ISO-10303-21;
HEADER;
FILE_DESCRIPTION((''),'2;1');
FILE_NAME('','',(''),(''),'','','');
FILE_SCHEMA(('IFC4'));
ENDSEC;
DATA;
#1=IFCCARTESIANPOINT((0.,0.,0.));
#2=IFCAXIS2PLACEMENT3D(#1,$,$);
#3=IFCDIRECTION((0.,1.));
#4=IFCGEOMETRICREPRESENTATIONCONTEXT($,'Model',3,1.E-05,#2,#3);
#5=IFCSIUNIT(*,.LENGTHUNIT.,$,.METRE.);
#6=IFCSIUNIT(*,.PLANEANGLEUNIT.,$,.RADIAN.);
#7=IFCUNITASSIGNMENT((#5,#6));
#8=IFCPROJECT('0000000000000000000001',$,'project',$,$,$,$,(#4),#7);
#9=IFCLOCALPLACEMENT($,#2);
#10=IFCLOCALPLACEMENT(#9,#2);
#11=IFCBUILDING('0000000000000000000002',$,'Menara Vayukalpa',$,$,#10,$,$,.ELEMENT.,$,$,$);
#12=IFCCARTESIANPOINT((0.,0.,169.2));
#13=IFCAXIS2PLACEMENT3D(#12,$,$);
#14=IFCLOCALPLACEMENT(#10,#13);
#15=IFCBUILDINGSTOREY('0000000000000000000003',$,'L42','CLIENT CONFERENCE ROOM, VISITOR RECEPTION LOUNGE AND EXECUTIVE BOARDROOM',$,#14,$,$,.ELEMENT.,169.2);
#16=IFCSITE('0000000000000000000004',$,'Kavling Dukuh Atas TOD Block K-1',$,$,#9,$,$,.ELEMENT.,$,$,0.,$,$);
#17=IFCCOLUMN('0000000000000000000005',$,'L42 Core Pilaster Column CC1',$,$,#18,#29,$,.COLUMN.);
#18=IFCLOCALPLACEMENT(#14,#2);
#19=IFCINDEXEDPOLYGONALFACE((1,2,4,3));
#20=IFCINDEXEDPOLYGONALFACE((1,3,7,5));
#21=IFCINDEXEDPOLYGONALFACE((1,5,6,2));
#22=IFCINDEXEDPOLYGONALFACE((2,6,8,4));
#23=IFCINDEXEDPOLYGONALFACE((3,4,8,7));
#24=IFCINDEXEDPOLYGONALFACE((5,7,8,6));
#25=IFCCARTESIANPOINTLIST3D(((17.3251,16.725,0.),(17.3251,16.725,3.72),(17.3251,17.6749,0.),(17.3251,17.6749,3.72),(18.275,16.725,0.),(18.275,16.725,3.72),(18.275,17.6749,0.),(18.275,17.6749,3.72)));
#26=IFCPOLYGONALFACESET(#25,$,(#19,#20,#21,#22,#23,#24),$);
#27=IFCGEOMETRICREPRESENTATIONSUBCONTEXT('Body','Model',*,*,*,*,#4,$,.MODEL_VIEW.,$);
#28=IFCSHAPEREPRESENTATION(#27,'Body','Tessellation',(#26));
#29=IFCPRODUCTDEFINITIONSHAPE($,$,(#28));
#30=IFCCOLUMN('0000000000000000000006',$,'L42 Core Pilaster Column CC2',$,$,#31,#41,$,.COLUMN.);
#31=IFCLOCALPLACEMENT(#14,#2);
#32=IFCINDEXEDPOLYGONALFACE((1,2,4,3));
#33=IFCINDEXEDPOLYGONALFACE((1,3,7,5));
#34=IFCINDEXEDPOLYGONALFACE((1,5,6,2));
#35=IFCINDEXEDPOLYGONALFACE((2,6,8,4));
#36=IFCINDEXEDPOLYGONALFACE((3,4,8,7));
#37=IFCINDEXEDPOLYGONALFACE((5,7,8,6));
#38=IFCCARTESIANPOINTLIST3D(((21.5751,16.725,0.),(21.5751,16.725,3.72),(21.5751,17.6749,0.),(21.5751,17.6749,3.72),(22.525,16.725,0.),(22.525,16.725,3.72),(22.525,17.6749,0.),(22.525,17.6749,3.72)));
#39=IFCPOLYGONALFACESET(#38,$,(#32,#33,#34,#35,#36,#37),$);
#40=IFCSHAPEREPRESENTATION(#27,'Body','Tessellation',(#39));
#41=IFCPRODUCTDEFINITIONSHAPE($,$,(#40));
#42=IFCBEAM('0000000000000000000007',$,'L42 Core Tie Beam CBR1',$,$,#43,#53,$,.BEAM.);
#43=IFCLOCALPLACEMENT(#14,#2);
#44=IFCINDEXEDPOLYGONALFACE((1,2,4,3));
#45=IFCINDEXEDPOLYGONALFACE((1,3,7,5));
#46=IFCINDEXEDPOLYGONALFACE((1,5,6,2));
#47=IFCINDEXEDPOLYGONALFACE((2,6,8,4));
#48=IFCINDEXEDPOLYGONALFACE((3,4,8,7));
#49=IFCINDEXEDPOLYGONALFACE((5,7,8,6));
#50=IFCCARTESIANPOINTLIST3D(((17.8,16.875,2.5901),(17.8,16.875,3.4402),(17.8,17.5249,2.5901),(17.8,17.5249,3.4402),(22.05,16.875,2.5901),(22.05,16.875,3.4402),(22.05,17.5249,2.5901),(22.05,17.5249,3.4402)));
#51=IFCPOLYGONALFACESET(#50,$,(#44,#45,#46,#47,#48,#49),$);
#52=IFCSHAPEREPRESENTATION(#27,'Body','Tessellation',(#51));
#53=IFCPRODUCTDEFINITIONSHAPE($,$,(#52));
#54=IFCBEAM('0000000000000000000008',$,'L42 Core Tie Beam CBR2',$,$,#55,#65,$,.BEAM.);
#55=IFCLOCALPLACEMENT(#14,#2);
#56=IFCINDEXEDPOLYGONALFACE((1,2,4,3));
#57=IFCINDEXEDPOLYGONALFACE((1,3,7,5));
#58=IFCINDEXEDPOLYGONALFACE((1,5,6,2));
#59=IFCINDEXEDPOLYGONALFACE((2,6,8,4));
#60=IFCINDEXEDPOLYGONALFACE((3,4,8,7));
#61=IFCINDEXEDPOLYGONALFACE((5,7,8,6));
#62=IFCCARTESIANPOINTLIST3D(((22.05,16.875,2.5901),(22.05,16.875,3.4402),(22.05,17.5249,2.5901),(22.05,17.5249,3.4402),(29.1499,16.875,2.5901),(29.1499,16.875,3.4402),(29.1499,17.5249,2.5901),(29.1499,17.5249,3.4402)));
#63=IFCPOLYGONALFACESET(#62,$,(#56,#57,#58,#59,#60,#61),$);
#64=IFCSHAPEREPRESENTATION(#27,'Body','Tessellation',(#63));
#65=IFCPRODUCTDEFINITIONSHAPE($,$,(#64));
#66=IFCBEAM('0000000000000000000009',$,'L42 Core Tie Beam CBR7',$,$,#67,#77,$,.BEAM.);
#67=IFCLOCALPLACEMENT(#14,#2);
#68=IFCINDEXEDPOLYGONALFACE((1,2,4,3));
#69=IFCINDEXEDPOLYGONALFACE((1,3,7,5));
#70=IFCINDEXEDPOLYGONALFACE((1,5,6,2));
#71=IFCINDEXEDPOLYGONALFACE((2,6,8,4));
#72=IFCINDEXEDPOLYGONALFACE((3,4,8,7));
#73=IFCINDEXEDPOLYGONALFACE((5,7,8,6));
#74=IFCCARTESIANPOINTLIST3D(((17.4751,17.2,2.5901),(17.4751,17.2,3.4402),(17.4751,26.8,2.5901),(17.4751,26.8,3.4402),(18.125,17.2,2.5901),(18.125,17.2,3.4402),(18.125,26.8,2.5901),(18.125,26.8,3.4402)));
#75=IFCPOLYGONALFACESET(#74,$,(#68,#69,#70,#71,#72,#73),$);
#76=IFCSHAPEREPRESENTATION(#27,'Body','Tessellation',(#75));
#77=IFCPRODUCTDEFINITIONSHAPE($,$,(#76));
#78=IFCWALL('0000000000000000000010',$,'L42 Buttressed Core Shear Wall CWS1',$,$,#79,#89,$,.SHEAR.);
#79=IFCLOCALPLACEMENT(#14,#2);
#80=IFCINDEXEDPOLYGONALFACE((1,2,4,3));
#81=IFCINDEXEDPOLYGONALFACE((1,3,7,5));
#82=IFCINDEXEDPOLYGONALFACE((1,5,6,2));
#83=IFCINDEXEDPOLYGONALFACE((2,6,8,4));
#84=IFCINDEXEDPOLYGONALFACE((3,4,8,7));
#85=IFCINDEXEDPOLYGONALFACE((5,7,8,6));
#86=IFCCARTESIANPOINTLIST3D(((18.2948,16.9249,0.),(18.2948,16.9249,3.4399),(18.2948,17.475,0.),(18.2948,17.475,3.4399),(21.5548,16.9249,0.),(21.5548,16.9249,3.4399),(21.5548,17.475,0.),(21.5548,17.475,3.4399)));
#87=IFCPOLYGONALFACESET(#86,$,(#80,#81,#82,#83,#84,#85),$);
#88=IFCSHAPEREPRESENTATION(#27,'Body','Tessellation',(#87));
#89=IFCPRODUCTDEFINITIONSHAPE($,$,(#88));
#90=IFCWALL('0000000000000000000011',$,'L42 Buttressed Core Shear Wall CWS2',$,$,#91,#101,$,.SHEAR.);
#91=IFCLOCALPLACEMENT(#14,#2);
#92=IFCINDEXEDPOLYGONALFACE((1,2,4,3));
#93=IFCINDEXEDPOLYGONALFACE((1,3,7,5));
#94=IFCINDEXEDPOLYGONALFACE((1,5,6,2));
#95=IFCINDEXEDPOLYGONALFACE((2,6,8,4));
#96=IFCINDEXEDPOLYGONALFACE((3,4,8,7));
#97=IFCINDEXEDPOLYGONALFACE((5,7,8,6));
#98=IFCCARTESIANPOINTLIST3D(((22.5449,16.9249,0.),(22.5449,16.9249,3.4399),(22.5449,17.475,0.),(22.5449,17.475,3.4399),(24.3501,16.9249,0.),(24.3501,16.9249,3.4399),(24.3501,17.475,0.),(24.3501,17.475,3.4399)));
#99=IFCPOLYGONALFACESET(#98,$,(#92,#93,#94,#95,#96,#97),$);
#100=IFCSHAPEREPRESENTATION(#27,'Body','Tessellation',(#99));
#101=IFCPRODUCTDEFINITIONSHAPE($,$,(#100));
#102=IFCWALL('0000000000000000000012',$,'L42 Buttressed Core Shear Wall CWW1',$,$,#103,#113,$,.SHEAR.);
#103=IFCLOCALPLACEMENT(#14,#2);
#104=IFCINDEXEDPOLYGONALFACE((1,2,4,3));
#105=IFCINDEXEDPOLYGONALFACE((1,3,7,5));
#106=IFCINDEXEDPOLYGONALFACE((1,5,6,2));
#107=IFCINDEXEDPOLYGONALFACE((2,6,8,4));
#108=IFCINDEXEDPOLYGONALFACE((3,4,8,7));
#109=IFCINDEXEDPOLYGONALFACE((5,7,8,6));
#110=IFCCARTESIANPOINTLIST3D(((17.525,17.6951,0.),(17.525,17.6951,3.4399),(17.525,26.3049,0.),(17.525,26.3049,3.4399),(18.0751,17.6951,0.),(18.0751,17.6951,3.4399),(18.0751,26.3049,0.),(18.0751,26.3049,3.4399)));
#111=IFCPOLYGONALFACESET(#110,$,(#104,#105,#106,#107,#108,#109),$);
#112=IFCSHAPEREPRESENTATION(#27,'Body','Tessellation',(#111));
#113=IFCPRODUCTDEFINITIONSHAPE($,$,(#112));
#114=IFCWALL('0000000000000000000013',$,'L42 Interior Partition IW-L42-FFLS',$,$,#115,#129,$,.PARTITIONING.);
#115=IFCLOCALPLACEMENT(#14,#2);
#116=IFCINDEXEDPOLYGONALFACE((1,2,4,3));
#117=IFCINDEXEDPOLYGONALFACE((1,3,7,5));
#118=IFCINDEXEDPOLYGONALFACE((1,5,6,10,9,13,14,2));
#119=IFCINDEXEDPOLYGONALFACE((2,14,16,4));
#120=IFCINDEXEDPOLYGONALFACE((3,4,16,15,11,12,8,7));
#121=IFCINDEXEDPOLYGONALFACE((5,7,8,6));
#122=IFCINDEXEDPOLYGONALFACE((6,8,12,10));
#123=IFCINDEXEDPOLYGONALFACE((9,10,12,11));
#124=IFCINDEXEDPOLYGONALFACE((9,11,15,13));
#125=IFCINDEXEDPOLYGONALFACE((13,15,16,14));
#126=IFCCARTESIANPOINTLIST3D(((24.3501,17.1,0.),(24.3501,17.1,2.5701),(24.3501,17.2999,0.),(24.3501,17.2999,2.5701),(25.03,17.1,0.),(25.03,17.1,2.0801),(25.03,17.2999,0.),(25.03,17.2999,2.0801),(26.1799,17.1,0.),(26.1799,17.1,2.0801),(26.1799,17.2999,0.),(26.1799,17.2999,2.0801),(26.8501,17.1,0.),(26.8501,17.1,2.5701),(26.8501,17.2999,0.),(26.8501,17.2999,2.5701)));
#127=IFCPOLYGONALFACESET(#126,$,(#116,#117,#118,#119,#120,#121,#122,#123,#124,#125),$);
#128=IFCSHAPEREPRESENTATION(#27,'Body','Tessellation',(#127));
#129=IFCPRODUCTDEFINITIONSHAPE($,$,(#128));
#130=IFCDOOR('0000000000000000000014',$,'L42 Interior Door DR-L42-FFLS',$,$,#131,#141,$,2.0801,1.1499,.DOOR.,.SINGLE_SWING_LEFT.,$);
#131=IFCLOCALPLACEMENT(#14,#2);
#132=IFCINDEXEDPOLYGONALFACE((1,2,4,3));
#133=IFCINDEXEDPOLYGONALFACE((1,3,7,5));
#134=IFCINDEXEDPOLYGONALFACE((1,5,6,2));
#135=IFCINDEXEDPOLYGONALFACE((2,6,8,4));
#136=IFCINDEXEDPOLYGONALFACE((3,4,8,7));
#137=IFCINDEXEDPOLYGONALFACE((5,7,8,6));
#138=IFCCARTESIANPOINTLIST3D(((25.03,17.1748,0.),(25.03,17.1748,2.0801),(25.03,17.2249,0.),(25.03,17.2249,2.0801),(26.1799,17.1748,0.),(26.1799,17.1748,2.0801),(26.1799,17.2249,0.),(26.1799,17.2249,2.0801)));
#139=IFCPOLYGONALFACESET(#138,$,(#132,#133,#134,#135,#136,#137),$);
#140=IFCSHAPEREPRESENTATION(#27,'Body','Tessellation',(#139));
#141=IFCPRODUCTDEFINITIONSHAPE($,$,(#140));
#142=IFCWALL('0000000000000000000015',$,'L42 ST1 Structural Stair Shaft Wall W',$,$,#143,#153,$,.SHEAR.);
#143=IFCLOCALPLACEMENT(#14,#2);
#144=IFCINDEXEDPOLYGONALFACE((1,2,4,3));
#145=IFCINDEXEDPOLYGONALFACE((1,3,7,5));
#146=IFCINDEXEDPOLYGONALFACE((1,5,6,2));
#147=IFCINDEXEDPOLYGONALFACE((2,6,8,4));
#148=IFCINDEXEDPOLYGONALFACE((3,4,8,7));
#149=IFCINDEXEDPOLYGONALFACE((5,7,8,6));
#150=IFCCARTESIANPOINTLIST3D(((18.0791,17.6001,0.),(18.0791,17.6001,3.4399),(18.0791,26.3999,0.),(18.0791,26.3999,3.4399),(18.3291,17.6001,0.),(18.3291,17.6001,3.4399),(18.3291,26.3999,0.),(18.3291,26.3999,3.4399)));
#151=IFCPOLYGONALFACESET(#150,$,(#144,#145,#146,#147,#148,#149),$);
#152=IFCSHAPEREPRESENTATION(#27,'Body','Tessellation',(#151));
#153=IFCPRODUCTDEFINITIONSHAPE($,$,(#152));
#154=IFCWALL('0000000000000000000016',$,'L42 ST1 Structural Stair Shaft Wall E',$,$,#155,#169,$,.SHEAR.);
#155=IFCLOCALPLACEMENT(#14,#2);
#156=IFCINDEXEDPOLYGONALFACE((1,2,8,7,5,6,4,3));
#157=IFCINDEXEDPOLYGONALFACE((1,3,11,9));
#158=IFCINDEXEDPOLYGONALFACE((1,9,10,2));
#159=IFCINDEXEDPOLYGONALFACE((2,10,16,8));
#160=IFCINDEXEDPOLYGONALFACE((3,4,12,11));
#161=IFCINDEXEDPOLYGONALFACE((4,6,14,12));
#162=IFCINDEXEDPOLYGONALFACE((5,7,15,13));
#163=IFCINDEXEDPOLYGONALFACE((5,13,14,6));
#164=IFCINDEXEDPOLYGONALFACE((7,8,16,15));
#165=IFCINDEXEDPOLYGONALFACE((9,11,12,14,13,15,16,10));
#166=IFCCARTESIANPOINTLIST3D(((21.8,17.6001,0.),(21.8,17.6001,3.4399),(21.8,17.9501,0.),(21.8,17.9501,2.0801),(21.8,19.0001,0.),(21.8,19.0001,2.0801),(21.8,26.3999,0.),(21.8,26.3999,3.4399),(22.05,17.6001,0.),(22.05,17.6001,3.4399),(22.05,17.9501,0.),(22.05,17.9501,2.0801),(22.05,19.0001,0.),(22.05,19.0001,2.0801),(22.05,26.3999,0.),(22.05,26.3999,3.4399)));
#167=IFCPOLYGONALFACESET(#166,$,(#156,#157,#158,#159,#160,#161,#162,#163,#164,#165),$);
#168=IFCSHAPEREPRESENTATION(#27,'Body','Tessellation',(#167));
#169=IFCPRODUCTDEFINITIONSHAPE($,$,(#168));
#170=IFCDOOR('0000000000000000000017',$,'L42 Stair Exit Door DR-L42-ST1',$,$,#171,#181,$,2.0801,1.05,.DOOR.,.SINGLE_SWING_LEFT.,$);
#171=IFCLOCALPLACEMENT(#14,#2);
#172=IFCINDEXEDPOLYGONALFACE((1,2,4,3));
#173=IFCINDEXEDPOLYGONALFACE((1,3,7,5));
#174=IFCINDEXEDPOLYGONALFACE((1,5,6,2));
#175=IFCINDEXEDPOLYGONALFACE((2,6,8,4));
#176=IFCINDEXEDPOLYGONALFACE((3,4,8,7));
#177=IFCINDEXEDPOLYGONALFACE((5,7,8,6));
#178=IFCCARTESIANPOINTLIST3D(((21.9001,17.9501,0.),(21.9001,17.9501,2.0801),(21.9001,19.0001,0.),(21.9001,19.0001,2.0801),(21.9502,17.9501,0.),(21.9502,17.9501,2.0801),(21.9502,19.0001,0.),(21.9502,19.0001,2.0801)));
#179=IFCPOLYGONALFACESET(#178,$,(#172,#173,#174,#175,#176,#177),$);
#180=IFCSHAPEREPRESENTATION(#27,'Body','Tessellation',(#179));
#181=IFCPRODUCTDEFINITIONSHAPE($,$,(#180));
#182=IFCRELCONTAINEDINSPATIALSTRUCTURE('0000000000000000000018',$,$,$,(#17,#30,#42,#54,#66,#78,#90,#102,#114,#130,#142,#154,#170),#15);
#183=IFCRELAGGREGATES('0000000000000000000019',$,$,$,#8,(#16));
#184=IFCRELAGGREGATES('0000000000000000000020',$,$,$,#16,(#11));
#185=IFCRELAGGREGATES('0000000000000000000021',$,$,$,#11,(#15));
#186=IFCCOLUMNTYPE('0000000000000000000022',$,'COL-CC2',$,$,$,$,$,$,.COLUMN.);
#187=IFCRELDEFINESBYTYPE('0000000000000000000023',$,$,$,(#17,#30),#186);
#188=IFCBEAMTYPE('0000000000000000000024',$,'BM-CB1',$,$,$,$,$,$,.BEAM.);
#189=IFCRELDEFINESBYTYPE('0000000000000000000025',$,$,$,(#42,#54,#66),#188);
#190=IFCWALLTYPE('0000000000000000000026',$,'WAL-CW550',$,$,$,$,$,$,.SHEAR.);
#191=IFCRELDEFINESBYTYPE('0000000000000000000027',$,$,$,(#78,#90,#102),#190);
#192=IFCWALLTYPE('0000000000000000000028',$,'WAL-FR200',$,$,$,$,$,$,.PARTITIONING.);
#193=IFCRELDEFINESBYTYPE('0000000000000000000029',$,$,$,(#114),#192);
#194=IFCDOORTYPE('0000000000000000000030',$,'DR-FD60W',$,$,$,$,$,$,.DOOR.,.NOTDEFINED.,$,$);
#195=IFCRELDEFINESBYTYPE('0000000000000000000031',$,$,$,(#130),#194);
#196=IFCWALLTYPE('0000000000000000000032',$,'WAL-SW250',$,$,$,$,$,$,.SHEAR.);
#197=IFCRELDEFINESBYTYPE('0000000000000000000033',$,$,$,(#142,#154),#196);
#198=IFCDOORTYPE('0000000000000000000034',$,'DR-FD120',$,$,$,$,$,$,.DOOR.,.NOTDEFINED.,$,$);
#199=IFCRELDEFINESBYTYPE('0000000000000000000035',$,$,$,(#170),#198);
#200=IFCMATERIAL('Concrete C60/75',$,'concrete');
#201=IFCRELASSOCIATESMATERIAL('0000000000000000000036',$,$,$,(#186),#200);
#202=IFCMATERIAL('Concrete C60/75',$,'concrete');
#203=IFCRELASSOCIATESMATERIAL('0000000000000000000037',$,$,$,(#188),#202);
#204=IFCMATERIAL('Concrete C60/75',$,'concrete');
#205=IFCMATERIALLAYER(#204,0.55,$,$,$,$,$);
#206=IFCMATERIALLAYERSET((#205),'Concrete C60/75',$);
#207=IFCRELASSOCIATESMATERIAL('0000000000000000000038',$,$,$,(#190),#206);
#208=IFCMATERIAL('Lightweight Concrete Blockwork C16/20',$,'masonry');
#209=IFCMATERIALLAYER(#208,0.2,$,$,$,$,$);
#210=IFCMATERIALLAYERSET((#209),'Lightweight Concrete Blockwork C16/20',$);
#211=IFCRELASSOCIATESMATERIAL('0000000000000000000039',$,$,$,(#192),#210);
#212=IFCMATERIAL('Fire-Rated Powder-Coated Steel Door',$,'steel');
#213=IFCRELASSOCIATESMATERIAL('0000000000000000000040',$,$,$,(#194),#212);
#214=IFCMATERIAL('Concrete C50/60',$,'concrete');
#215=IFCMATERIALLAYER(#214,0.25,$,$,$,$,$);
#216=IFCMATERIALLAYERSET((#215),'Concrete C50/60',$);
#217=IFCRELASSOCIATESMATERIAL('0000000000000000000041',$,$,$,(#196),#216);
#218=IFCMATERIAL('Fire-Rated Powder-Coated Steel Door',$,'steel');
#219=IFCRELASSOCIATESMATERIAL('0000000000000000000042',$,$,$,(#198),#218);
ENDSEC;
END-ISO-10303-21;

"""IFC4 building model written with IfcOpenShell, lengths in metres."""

from ifc_helpers import new_model, si_unit, direction, frame, frame_2d, origin, origin_2d, place, context, subcontext, project, spatial, rectangle, extrude, material, layer, layer_set, material_profile, profile_set, type_object, element, fill, save


model = new_model("IFC4")

# Units and contexts
model_context = context("Model", 3, precision=1e-05, world=origin(), true_north=direction((0.0, 1.0)))
body_context = subcontext(model_context, "Body", "Model", "MODEL_VIEW")
ifc_project = project(units=[si_unit("LENGTHUNIT", "METRE"), si_unit("PLANEANGLEUNIT", "RADIAN")], contexts=[model_context])

# Site, building, storey
site_placement = place(None, origin())
site = spatial("IfcSite", under=ifc_project, at=site_placement, Name="Kavling Dukuh Atas TOD Block K-1", CompositionType="ELEMENT", RefElevation=0.0)
building_placement = place(site_placement, origin())
building = spatial("IfcBuilding", under=site, at=building_placement, Name="Menara Vayukalpa", CompositionType="ELEMENT")
storey_placement = place(building_placement, frame((0.0, 0.0, 169.2)))
storey = spatial("IfcBuildingStorey", under=building, at=storey_placement, Name="L42", Description="CLIENT CONFERENCE ROOM, VISITOR RECEPTION LOUNGE AND EXECUTIVE BOARDROOM", CompositionType="ELEMENT", Elevation=169.2)

# Columns
ifc_material_1 = material(Name="Concrete C60/75", Category="concrete")
ifc_material_profile_1 = material_profile(ifc_material_1, rectangle(XDim=0.95, YDim=0.95, at=origin_2d()), Name="RC 950x950")
ifc_profile_set_1 = profile_set([ifc_material_profile_1], Name="Concrete C60/75")
column_type = type_object("IfcColumnType", Name="COL-CC2", PredefinedType="COLUMN", material=ifc_profile_set_1)
for number, where, z_axis, x_axis, name in (
    (1, (17.8, 17.2, 0.0), (0.0, 0.0, 1.0), (1.0, 0.0, 0.0), "L42 Core Pilaster Column CC1"),
    (2, (22.05, 17.2, 0.0), (0.0, 0.0, 1.0), (1.0, 0.0, 0.0), "L42 Core Pilaster Column CC2"),
):
    element("IfcColumn", number, at=place(storey_placement, frame(where, z_axis=z_axis, x_axis=x_axis)), inside=storey, type_object=column_type, Name=name, PredefinedType="COLUMN", context=body_context, shape_type="SweptSolid", body=[
        extrude(rectangle(XDim=0.95, YDim=0.95, at=origin_2d()), origin(), (0.0, 0.0, 1.0), 3.72),
    ])

# Beams
ifc_material_2 = material(Name="Concrete C60/75", Category="concrete")
ifc_material_profile_2 = material_profile(ifc_material_2, rectangle(XDim=0.6499, YDim=0.8501, at=origin_2d()), Name="RC 650x850")
ifc_profile_set_2 = profile_set([ifc_material_profile_2], Name="Concrete C60/75")
beam_type = type_object("IfcBeamType", Name="BM-CB1", PredefinedType="BEAM", material=ifc_profile_set_2)
beam_1_placement = place(storey_placement, frame((17.8, 17.2, 3.0151), z_axis=(1.0, 0.0, 0.0), x_axis=(0.0, 1.0, 0.0)))
element("IfcBeam", 3, at=beam_1_placement, inside=storey, type_object=beam_type, Name="L42 Core Tie Beam CBR1", PredefinedType="BEAM", context=body_context, shape_type="SweptSolid", body=[
    extrude(rectangle(XDim=0.6499, YDim=0.8501, at=origin_2d()), origin(), (0.0, 0.0, 1.0), 4.25),
])
beam_2_placement = place(storey_placement, frame((22.05, 17.2, 3.0151), z_axis=(1.0, 0.0, 0.0), x_axis=(0.0, 1.0, 0.0)))
element("IfcBeam", 4, at=beam_2_placement, inside=storey, type_object=beam_type, Name="L42 Core Tie Beam CBR2", PredefinedType="BEAM", context=body_context, shape_type="SweptSolid", body=[
    extrude(rectangle(XDim=0.6499, YDim=0.8501, at=origin_2d()), origin(), (0.0, 0.0, 1.0), 7.0999),
])
beam_3_placement = place(storey_placement, frame((17.8, 17.2, 3.0151), z_axis=(0.0, 1.0, 0.0), x_axis=(-1.0, 0.0, 0.0)))
element("IfcBeam", 5, at=beam_3_placement, inside=storey, type_object=beam_type, Name="L42 Core Tie Beam CBR7", PredefinedType="BEAM", context=body_context, shape_type="SweptSolid", body=[
    extrude(rectangle(XDim=0.6499, YDim=0.8501, at=origin_2d()), origin(), (0.0, 0.0, 1.0), 9.6001),
])

# Walls
ifc_material_3 = material(Name="Concrete C60/75", Category="concrete")
ifc_layer_1 = layer(ifc_material_3, 0.55)
ifc_layer_set_1 = layer_set([ifc_layer_1], Name="Concrete C60/75")
wall_type_1 = type_object("IfcWallType", Name="WAL-CW550", PredefinedType="SHEAR", material=ifc_layer_set_1)
wall_1_placement = place(storey_placement, frame((18.2949, 17.2, 0.0), z_axis=(0.0, 0.0, 1.0), x_axis=(1.0, 0.0, 0.0)))
element("IfcWall", 6, at=wall_1_placement, inside=storey, type_object=wall_type_1, Name="L42 Buttressed Core Shear Wall CWS1", PredefinedType="SHEAR", context=body_context, shape_type="SweptSolid", body=[
    extrude(rectangle(XDim=3.26, YDim=0.55, at=frame_2d((1.6299, 0.0))), origin(), (0.0, 0.0, 1.0), 3.4399),
])
wall_2_placement = place(storey_placement, frame((22.5449, 17.2, 0.0), z_axis=(0.0, 0.0, 1.0), x_axis=(1.0, 0.0, 0.0)))
element("IfcWall", 7, at=wall_2_placement, inside=storey, type_object=wall_type_1, Name="L42 Buttressed Core Shear Wall CWS2", PredefinedType="SHEAR", context=body_context, shape_type="SweptSolid", body=[
    extrude(rectangle(XDim=1.8052, YDim=0.55, at=frame_2d((0.9026, 0.0))), origin(), (0.0, 0.0, 1.0), 3.4399),
])
wall_3_placement = place(storey_placement, frame((17.8, 17.6951, 0.0), z_axis=(0.0, 0.0, 1.0), x_axis=(0.0, 1.0, 0.0)))
element("IfcWall", 8, at=wall_3_placement, inside=storey, type_object=wall_type_1, Name="L42 Buttressed Core Shear Wall CWW1", PredefinedType="SHEAR", context=body_context, shape_type="SweptSolid", body=[
    extrude(rectangle(XDim=8.6099, YDim=0.55, at=frame_2d((4.3049, 0.0))), origin(), (0.0, 0.0, 1.0), 3.4399),
])

# Wall, opening, door
ifc_material_4 = material(Name="Lightweight Concrete Blockwork C16/20", Category="masonry")
ifc_layer_2 = layer(ifc_material_4, 0.2)
ifc_layer_set_2 = layer_set([ifc_layer_2], Name="Lightweight Concrete Blockwork C16/20")
wall_type_2 = type_object("IfcWallType", Name="WAL-FR200", PredefinedType="PARTITIONING", material=ifc_layer_set_2)
wall_4_placement = place(storey_placement, frame((24.3501, 17.2, 0.0), z_axis=(0.0, 0.0, 1.0), x_axis=(1.0, 0.0, 0.0)))
wall_4 = element("IfcWall", 9, at=wall_4_placement, inside=storey, type_object=wall_type_2, Name="L42 Interior Partition IW-L42-FFLS", PredefinedType="PARTITIONING", context=body_context, shape_type="SweptSolid", body=[
    extrude(rectangle(XDim=2.5, YDim=0.2, at=frame_2d((1.25, 0.0))), origin(), (0.0, 0.0, 1.0), 2.5701),
])
opening_1_placement = place(wall_4_placement, frame((0.6799, 0.0, 0.0)))
opening_1 = element("IfcOpeningElement", 10, at=opening_1_placement, cuts=wall_4, PredefinedType="OPENING", context=body_context, shape_type="SweptSolid", body=[
    extrude(rectangle(XDim=1.1499, YDim=2.0801, at=frame_2d((0.575, 1.04))), frame((0.0, 0.1099, 0.0), z_axis=(0.0, -1.0, 0.0), x_axis=(1.0, 0.0, 0.0)), (0.0, 0.0, 1.0), 0.22),
])
ifc_material_5 = material(Name="Fire-Rated Powder-Coated Steel Door", Category="steel")
door_type_1 = type_object("IfcDoorType", Name="DR-FD60W", OperationType="NOTDEFINED", PredefinedType="DOOR", material=ifc_material_5)
door_1_placement = place(opening_1_placement, origin())
door_1 = element("IfcDoor", 11, at=door_1_placement, inside=storey, type_object=door_type_1, Name="L42 Interior Door DR-L42-FFLS", OperationType="SINGLE_SWING_LEFT", OverallHeight=2.0801, OverallWidth=1.1499, PredefinedType="DOOR", context=body_context, shape_type="SweptSolid", body=[
    extrude(rectangle(XDim=1.1499, YDim=2.0801, at=frame_2d((0.575, 1.04))), frame((0.0, 0.0249, 0.0), z_axis=(0.0, -1.0, 0.0), x_axis=(1.0, 0.0, 0.0)), (0.0, 0.0, 1.0), 0.05),
])
fill(opening_1, door_1)

# Wall
ifc_material_6 = material(Name="Concrete C50/60", Category="concrete")
ifc_layer_3 = layer(ifc_material_6, 0.25)
ifc_layer_set_3 = layer_set([ifc_layer_3], Name="Concrete C50/60")
wall_type_3 = type_object("IfcWallType", Name="WAL-SW250", PredefinedType="SHEAR", material=ifc_layer_set_3)
wall_5_placement = place(storey_placement, frame((18.2041, 17.6001, 0.0), z_axis=(0.0, 0.0, 1.0), x_axis=(0.0, 1.0, 0.0)))
element("IfcWall", 12, at=wall_5_placement, inside=storey, type_object=wall_type_3, Name="L42 ST1 Structural Stair Shaft Wall W", PredefinedType="SHEAR", context=body_context, shape_type="SweptSolid", body=[
    extrude(rectangle(XDim=8.7998, YDim=0.25, at=frame_2d((4.3999, 0.0))), origin(), (0.0, 0.0, 1.0), 3.4399),
])

# Wall, opening, door
wall_6_placement = place(storey_placement, frame((21.925, 17.6001, 0.0), z_axis=(0.0, 0.0, 1.0), x_axis=(0.0, 1.0, 0.0)))
wall_6 = element("IfcWall", 13, at=wall_6_placement, inside=storey, type_object=wall_type_3, Name="L42 ST1 Structural Stair Shaft Wall E", PredefinedType="SHEAR", context=body_context, shape_type="SweptSolid", body=[
    extrude(rectangle(XDim=8.7998, YDim=0.25, at=frame_2d((4.3999, 0.0))), origin(), (0.0, 0.0, 1.0), 3.4399),
])
opening_2_placement = place(wall_6_placement, frame((0.3501, 0.0, 0.0)))
opening_2 = element("IfcOpeningElement", 14, at=opening_2_placement, cuts=wall_6, PredefinedType="OPENING", context=body_context, shape_type="SweptSolid", body=[
    extrude(rectangle(XDim=1.05, YDim=2.0801, at=frame_2d((0.5249, 1.04))), frame((0.0, 0.135, 0.0), z_axis=(0.0, -1.0, 0.0), x_axis=(1.0, 0.0, 0.0)), (0.0, 0.0, 1.0), 0.27),
])
ifc_material_7 = material(Name="Fire-Rated Powder-Coated Steel Door", Category="steel")
door_type_2 = type_object("IfcDoorType", Name="DR-FD120", OperationType="NOTDEFINED", PredefinedType="DOOR", material=ifc_material_7)
door_2_placement = place(opening_2_placement, origin())
door_2 = element("IfcDoor", 15, at=door_2_placement, inside=storey, type_object=door_type_2, Name="L42 Stair Exit Door DR-L42-ST1", OperationType="SINGLE_SWING_LEFT", OverallHeight=2.0801, OverallWidth=1.05, PredefinedType="DOOR", context=body_context, shape_type="SweptSolid", body=[
    extrude(rectangle(XDim=1.05, YDim=2.0801, at=frame_2d((0.5249, 1.04))), frame((0.0, 0.0249, 0.0), z_axis=(0.0, -1.0, 0.0), x_axis=(1.0, 0.0, 0.0)), (0.0, 0.0, 1.0), 0.05),
])
fill(opening_2, door_2)

save(model, "model.ifc")
